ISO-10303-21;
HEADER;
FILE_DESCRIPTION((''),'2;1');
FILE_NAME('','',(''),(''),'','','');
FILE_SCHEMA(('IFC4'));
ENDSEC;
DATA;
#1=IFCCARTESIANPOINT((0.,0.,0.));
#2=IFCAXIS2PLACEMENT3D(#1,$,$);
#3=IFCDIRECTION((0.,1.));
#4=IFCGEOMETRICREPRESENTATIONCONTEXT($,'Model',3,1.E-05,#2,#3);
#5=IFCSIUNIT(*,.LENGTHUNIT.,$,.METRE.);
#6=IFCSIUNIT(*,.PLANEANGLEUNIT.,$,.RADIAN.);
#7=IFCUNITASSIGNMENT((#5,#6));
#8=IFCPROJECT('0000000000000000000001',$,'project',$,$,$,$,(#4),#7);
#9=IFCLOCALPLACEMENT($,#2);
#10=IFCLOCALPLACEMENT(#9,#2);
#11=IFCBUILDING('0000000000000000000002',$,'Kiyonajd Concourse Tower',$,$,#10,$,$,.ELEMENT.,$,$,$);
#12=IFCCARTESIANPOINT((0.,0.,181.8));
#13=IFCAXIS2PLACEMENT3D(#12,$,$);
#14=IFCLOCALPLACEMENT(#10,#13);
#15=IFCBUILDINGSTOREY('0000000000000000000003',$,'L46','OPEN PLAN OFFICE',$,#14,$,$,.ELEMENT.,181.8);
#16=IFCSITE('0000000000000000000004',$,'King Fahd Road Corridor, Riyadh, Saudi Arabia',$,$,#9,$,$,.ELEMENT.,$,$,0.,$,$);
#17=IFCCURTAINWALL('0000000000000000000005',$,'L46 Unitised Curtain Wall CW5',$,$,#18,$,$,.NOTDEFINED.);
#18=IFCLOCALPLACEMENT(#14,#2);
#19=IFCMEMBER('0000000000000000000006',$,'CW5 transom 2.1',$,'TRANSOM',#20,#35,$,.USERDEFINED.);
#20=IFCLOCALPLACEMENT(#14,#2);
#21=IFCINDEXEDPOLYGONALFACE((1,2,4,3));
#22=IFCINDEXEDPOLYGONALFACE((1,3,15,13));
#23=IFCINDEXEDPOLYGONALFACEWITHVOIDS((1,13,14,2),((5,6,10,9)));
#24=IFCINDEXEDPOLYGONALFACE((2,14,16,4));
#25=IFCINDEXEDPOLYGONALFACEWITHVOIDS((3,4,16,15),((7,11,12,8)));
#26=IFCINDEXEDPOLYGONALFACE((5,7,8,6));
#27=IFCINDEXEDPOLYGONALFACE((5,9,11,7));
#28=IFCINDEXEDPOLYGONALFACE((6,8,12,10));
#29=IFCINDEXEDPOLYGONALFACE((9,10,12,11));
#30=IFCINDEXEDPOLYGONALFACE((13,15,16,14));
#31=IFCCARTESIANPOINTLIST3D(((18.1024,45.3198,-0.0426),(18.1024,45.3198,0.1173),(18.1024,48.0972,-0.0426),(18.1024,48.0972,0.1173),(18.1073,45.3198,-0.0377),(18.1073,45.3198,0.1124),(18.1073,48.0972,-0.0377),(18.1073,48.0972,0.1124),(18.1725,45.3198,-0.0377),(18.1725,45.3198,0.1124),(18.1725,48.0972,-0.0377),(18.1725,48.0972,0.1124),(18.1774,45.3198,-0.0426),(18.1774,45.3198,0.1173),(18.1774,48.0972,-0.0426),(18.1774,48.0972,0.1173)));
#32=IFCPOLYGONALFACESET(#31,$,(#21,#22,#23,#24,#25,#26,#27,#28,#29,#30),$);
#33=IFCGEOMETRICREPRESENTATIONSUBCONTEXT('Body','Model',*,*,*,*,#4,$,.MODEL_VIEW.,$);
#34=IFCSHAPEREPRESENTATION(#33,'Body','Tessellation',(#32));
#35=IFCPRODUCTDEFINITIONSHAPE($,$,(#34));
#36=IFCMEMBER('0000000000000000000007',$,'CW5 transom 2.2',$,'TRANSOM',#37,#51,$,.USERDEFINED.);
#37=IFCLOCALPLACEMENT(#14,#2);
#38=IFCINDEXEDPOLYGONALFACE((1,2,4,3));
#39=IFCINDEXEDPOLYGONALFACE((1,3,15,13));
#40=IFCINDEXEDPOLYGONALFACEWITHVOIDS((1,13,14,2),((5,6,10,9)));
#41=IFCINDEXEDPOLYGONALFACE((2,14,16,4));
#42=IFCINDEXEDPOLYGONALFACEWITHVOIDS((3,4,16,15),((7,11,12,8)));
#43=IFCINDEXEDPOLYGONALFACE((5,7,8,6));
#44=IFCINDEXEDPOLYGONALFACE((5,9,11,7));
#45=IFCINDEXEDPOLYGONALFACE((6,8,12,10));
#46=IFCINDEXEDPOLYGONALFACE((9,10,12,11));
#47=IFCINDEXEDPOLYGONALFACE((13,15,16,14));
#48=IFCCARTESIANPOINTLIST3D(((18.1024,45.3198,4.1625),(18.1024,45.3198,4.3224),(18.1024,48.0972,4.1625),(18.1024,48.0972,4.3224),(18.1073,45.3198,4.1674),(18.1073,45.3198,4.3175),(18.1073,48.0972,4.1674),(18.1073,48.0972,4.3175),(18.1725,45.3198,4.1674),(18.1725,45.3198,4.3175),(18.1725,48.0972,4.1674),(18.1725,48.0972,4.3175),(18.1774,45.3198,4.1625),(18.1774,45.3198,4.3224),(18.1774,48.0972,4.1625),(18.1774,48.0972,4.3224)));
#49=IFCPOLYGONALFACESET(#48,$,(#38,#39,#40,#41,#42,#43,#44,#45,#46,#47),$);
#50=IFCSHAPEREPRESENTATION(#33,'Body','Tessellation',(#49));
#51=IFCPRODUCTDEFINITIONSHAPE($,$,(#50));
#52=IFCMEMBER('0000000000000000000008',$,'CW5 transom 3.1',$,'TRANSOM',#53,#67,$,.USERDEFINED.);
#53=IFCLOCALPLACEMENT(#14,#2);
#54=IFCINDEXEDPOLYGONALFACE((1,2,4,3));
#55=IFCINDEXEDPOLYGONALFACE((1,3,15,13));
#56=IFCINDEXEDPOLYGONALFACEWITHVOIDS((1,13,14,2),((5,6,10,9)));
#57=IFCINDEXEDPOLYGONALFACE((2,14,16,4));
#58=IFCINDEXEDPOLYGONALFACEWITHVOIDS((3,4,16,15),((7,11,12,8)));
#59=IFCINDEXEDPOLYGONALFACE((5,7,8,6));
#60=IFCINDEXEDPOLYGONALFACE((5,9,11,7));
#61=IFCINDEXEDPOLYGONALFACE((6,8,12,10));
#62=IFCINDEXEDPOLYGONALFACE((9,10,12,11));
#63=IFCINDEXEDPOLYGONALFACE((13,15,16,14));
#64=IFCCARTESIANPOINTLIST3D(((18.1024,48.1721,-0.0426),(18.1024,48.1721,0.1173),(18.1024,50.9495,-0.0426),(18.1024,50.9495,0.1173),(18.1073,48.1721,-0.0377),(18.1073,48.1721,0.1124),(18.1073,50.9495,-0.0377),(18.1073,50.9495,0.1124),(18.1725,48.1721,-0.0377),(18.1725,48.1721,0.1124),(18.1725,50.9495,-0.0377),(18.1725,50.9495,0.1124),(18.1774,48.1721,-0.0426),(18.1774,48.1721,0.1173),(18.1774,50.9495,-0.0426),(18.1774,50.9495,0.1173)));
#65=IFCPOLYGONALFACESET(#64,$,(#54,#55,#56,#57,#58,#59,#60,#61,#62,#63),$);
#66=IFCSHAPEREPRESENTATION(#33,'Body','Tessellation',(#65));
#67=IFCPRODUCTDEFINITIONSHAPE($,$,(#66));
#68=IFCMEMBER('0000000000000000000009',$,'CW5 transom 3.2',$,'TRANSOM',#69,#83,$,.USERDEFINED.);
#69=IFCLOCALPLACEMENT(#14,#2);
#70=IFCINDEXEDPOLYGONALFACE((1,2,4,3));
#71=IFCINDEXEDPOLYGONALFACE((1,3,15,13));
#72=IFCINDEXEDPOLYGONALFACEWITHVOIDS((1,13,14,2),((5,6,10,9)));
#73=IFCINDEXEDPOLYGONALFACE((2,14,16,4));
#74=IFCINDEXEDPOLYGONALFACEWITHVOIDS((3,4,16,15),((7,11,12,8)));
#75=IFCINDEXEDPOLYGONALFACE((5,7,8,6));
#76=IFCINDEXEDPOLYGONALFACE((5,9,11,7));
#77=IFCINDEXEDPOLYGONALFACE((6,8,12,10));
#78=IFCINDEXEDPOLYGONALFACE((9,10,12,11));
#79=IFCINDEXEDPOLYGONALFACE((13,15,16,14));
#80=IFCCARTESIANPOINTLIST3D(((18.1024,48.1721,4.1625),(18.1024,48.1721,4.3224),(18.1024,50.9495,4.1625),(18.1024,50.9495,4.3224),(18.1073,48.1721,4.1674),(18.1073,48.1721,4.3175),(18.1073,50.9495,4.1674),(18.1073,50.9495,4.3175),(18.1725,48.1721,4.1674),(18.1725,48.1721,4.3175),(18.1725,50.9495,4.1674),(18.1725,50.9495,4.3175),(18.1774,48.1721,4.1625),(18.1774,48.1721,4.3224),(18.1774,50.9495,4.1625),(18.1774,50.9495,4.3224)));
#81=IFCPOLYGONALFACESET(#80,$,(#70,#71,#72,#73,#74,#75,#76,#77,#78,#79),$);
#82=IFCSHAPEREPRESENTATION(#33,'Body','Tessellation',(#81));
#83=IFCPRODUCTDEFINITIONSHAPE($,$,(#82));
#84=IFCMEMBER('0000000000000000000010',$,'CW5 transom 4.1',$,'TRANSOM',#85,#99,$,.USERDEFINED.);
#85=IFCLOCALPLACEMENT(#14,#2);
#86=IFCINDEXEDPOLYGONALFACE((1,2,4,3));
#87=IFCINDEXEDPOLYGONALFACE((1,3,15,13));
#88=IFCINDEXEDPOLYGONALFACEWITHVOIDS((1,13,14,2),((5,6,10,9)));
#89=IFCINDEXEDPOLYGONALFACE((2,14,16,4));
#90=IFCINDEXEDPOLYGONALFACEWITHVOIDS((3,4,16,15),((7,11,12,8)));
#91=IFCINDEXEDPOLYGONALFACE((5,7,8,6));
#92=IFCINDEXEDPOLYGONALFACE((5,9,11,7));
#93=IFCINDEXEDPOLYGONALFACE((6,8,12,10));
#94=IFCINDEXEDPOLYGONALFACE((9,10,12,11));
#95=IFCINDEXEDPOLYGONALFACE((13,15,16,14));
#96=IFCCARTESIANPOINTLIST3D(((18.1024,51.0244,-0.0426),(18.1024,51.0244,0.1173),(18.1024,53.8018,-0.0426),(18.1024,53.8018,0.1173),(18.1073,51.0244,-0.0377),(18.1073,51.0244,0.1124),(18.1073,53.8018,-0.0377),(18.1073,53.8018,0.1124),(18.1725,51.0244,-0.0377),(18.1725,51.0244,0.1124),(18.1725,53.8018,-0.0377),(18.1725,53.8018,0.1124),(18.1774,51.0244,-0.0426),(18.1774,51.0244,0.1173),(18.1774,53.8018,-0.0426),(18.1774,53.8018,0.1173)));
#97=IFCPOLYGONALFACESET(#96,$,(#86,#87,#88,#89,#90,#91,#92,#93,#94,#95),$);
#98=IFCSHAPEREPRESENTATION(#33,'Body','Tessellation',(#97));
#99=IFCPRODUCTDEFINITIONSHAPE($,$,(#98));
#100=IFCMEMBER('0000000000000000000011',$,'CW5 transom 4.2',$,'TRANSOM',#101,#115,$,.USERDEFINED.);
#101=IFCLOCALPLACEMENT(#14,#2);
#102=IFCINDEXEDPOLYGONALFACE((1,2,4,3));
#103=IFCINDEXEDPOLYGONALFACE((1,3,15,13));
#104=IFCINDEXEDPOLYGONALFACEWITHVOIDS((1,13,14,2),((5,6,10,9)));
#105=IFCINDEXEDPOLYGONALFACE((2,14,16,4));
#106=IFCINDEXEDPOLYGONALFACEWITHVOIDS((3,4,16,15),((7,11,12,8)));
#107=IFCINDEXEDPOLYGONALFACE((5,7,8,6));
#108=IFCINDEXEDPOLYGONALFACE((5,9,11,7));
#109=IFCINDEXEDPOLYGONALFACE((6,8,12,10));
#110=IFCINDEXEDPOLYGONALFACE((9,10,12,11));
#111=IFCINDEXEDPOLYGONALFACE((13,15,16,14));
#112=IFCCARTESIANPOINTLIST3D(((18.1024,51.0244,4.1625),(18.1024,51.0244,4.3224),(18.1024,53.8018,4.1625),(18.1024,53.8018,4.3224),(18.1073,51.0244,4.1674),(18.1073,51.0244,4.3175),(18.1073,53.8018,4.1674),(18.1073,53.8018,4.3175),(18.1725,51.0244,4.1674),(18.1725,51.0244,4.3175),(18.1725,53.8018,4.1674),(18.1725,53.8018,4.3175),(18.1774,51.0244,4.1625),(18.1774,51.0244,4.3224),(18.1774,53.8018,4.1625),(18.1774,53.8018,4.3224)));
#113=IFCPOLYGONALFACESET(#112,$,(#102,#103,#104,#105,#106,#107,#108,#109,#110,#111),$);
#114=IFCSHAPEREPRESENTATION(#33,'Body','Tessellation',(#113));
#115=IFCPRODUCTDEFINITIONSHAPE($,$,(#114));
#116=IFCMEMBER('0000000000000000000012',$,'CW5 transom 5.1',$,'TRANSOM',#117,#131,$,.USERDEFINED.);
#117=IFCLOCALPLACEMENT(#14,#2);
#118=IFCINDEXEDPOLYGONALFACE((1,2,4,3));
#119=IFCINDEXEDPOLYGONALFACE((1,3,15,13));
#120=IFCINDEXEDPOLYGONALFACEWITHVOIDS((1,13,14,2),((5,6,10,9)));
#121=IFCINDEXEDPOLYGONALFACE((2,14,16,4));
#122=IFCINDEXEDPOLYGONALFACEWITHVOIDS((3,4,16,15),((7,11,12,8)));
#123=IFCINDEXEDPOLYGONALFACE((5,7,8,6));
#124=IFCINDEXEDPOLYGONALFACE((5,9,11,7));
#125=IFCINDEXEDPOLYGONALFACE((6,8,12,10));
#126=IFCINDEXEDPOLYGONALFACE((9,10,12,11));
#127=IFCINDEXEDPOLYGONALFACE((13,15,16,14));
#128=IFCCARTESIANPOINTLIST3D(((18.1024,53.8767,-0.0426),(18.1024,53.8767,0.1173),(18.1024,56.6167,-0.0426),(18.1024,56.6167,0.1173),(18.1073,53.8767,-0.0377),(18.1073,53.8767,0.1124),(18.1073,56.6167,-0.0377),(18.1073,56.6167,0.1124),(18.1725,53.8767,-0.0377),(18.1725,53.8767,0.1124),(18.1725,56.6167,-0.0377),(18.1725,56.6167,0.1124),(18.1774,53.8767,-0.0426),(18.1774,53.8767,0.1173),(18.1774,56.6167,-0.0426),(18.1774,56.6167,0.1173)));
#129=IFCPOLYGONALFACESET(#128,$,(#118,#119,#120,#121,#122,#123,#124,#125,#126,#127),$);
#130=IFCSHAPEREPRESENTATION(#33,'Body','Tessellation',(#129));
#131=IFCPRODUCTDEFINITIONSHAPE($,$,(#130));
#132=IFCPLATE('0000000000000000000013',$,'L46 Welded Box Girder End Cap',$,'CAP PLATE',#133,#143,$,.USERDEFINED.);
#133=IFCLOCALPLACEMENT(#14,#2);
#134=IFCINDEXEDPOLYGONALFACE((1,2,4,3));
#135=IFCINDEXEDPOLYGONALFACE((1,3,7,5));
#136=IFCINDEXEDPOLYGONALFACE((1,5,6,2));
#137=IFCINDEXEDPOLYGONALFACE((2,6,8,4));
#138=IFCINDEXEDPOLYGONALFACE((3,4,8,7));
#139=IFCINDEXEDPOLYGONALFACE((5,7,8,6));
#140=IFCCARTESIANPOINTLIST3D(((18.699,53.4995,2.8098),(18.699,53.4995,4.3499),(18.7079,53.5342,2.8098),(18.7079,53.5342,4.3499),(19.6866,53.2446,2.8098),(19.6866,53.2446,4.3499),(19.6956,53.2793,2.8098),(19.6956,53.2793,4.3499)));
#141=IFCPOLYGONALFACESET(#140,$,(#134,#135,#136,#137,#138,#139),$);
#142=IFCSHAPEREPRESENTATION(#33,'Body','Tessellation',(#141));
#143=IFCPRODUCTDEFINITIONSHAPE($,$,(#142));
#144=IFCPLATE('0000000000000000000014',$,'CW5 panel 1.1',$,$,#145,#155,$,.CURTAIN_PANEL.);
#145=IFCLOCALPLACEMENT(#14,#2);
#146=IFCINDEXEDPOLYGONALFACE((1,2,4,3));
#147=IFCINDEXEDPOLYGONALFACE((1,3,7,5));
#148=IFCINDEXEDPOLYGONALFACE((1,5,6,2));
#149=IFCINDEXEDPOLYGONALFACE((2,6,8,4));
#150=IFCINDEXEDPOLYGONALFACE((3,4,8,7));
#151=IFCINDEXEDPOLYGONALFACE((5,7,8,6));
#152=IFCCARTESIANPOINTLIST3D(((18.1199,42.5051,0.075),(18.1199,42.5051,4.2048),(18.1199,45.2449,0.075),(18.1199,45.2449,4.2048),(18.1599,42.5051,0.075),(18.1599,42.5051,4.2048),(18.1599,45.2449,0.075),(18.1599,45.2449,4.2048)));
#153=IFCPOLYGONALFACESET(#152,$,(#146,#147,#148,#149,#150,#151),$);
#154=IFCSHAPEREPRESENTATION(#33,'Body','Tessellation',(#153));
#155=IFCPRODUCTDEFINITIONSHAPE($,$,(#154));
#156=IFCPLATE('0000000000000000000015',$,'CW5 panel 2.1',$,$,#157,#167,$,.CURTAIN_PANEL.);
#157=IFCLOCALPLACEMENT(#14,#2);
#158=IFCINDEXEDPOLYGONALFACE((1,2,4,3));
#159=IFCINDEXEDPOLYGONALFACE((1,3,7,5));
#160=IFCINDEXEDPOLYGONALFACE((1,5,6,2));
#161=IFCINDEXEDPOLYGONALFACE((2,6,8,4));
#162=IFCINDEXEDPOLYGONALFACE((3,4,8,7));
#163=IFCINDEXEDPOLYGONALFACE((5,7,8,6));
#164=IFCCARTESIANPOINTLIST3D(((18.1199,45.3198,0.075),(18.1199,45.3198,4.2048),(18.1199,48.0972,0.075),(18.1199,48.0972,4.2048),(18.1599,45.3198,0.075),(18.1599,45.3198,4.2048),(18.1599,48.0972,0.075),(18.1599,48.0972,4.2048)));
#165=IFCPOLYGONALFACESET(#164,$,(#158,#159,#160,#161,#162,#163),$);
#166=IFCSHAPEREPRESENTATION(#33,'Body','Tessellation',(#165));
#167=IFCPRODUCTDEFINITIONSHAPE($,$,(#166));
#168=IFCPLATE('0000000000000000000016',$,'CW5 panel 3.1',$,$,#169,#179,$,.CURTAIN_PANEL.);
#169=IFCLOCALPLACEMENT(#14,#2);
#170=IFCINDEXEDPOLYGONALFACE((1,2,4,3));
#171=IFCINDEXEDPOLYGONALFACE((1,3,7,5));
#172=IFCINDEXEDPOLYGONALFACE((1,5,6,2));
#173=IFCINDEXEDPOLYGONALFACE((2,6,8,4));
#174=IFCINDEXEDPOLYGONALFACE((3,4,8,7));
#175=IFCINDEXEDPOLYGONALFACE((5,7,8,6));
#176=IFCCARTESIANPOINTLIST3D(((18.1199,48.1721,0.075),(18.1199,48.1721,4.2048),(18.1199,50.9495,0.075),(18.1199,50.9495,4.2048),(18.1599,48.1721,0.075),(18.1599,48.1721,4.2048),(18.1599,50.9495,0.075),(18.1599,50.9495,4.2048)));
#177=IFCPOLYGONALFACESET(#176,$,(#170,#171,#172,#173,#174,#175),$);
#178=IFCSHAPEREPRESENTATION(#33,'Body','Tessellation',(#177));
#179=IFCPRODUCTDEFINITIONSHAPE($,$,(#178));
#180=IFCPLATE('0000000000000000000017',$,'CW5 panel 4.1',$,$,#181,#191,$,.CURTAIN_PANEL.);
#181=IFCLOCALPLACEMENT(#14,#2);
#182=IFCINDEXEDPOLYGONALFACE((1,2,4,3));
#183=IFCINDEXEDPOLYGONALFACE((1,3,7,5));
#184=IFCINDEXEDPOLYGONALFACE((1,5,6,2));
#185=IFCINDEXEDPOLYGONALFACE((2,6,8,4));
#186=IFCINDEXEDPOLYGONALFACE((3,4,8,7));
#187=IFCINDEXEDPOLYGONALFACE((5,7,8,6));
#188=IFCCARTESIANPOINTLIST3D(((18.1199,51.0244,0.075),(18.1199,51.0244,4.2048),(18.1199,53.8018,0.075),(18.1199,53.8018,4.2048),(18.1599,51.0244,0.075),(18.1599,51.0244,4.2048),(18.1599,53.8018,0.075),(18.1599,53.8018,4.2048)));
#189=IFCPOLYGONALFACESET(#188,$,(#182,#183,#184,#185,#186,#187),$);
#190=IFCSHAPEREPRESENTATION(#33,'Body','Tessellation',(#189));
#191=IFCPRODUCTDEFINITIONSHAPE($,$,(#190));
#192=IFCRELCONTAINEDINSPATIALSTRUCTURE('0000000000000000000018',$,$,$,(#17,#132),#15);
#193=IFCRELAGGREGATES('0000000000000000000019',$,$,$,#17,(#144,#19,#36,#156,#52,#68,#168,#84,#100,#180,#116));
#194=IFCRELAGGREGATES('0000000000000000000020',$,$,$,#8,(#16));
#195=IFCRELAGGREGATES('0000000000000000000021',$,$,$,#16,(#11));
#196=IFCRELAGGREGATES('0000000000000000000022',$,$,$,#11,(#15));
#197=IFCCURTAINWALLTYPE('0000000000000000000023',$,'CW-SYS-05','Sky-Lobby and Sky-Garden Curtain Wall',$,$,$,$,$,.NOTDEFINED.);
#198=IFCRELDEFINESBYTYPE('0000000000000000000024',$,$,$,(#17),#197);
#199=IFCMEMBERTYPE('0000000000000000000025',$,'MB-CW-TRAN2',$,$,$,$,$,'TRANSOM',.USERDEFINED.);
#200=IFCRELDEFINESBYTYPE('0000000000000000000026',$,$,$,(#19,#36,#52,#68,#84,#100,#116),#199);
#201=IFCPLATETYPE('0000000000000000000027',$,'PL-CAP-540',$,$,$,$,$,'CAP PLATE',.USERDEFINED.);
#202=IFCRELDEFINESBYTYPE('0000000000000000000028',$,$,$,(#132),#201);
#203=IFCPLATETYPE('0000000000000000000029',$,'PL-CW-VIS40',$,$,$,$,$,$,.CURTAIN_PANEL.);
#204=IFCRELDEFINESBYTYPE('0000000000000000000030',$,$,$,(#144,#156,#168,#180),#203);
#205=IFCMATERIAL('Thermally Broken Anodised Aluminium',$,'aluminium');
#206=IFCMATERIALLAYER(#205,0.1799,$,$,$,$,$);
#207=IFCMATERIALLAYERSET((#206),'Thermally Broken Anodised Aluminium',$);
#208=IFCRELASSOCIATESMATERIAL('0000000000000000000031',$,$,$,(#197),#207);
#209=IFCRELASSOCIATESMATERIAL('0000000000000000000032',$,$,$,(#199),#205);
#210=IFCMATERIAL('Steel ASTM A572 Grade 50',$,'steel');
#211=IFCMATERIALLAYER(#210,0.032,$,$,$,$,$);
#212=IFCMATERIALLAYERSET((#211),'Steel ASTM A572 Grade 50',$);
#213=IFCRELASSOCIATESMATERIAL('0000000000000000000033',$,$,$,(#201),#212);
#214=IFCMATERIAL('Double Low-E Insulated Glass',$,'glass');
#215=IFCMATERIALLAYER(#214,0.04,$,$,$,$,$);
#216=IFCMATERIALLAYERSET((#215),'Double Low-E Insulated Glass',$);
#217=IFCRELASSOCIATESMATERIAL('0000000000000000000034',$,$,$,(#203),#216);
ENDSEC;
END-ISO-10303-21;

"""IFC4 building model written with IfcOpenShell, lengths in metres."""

from ifc_helpers import new_model, si_unit, direction, frame, origin, origin_2d, place, context, subcontext, project, spatial, rectangle, hollow_rectangle, extrude, material, layer, layer_set, material_profile, profile_set, type_object, element, aggregate, save


model = new_model("IFC4")

# Units and contexts
model_context = context("Model", 3, precision=1e-05, world=origin(), true_north=direction((0.0, 1.0)))
body_context = subcontext(model_context, "Body", "Model", "MODEL_VIEW")
ifc_project = project(units=[si_unit("LENGTHUNIT", "METRE"), si_unit("PLANEANGLEUNIT", "RADIAN")], contexts=[model_context])

# Site, building, storey
site_placement = place(None, origin())
site = spatial("IfcSite", under=ifc_project, at=site_placement, Name="King Fahd Road Corridor, Riyadh, Saudi Arabia", CompositionType="ELEMENT", RefElevation=0.0)
building_placement = place(site_placement, origin())
building = spatial("IfcBuilding", under=site, at=building_placement, Name="Kiyonajd Concourse Tower", CompositionType="ELEMENT")
storey_placement = place(building_placement, frame((0.0, 0.0, 181.8)))
storey = spatial("IfcBuildingStorey", under=building, at=storey_placement, Name="L46", Description="OPEN PLAN OFFICE", CompositionType="ELEMENT", Elevation=181.8)

# Curtain wall, members
ifc_material_1 = material(Name="Thermally Broken Anodised Aluminium", Category="aluminium")
ifc_layer_1 = layer(ifc_material_1, 0.1799)
ifc_layer_set_1 = layer_set([ifc_layer_1], Name="Thermally Broken Anodised Aluminium")
curtain_wall_type = type_object("IfcCurtainWallType", Name="CW-SYS-05", Description="Sky-Lobby and Sky-Garden Curtain Wall", PredefinedType="NOTDEFINED", material=ifc_layer_set_1)
curtain_wall_placement = place(storey_placement, origin())
curtain_wall = element("IfcCurtainWall", 1, at=curtain_wall_placement, inside=storey, type_object=curtain_wall_type, Name="L46 Unitised Curtain Wall CW5", PredefinedType="NOTDEFINED")
ifc_material_profile_1 = material_profile(ifc_material_1, hollow_rectangle(XDim=0.075, YDim=0.1599, WallThickness=0.0049, at=origin_2d()), Name="TRAN-75x160")
ifc_profile_set_1 = profile_set([ifc_material_profile_1], Name="Thermally Broken Anodised Aluminium")
member_type_1 = type_object("IfcMemberType", Name="MB-CW-TRAN2", ElementType="TRANSOM", PredefinedType="USERDEFINED", material=ifc_profile_set_1)
member_1_placement = place(storey_placement, frame((18.1399, 45.3198, 0.0374), z_axis=(0.0, 1.0, 0.0), x_axis=(-1.0, 0.0, 0.0)))
member_1 = element("IfcMember", 2, at=member_1_placement, type_object=member_type_1, Name="CW5 transom 2.1", ObjectType="TRANSOM", PredefinedType="USERDEFINED", context=body_context, shape_type="SweptSolid", body=[
    extrude(hollow_rectangle(XDim=0.075, YDim=0.1599, WallThickness=0.0049, at=origin_2d()), origin(), (0.0, 0.0, 1.0), 2.7773),
])
member_2_placement = place(storey_placement, frame((18.1399, 45.3198, 4.2424), z_axis=(0.0, 1.0, 0.0), x_axis=(-1.0, 0.0, 0.0)))
member_2 = element("IfcMember", 3, at=member_2_placement, type_object=member_type_1, Name="CW5 transom 2.2", ObjectType="TRANSOM", PredefinedType="USERDEFINED", context=body_context, shape_type="SweptSolid", body=[
    extrude(hollow_rectangle(XDim=0.075, YDim=0.1599, WallThickness=0.0049, at=origin_2d()), origin(), (0.0, 0.0, 1.0), 2.7773),
])
member_3_placement = place(storey_placement, frame((18.1399, 48.1721, 0.0374), z_axis=(0.0, 1.0, 0.0), x_axis=(-1.0, 0.0, 0.0)))
member_3 = element("IfcMember", 4, at=member_3_placement, type_object=member_type_1, Name="CW5 transom 3.1", ObjectType="TRANSOM", PredefinedType="USERDEFINED", context=body_context, shape_type="SweptSolid", body=[
    extrude(hollow_rectangle(XDim=0.075, YDim=0.1599, WallThickness=0.0049, at=origin_2d()), origin(), (0.0, 0.0, 1.0), 2.7773),
])
member_4_placement = place(storey_placement, frame((18.1399, 48.1721, 4.2424), z_axis=(0.0, 1.0, 0.0), x_axis=(-1.0, 0.0, 0.0)))
member_4 = element("IfcMember", 5, at=member_4_placement, type_object=member_type_1, Name="CW5 transom 3.2", ObjectType="TRANSOM", PredefinedType="USERDEFINED", context=body_context, shape_type="SweptSolid", body=[
    extrude(hollow_rectangle(XDim=0.075, YDim=0.1599, WallThickness=0.0049, at=origin_2d()), origin(), (0.0, 0.0, 1.0), 2.7773),
])
member_5_placement = place(storey_placement, frame((18.1399, 51.0244, 0.0374), z_axis=(0.0, 1.0, 0.0), x_axis=(-1.0, 0.0, 0.0)))
member_5 = element("IfcMember", 6, at=member_5_placement, type_object=member_type_1, Name="CW5 transom 4.1", ObjectType="TRANSOM", PredefinedType="USERDEFINED", context=body_context, shape_type="SweptSolid", body=[
    extrude(hollow_rectangle(XDim=0.075, YDim=0.1599, WallThickness=0.0049, at=origin_2d()), origin(), (0.0, 0.0, 1.0), 2.7773),
])
member_6_placement = place(storey_placement, frame((18.1399, 51.0244, 4.2424), z_axis=(0.0, 1.0, 0.0), x_axis=(-1.0, 0.0, 0.0)))
member_6 = element("IfcMember", 7, at=member_6_placement, type_object=member_type_1, Name="CW5 transom 4.2", ObjectType="TRANSOM", PredefinedType="USERDEFINED", context=body_context, shape_type="SweptSolid", body=[
    extrude(hollow_rectangle(XDim=0.075, YDim=0.1599, WallThickness=0.0049, at=origin_2d()), origin(), (0.0, 0.0, 1.0), 2.7773),
])
member_7_placement = place(storey_placement, frame((18.1399, 53.8767, 0.0374), z_axis=(0.0, 1.0, 0.0), x_axis=(-1.0, 0.0, 0.0)))
member_7 = element("IfcMember", 8, at=member_7_placement, type_object=member_type_1, Name="CW5 transom 5.1", ObjectType="TRANSOM", PredefinedType="USERDEFINED", context=body_context, shape_type="SweptSolid", body=[
    extrude(hollow_rectangle(XDim=0.075, YDim=0.1599, WallThickness=0.0049, at=origin_2d()), origin(), (0.0, 0.0, 1.0), 2.74),
])

# Plates
ifc_material_2 = material(Name="Steel ASTM A572 Grade 50", Category="steel")
ifc_layer_2 = layer(ifc_material_2, 0.032)
ifc_layer_set_2 = layer_set([ifc_layer_2], Name="Steel ASTM A572 Grade 50")
plate_type_1 = type_object("IfcPlateType", Name="PL-CAP-540", ElementType="CAP PLATE", PredefinedType="USERDEFINED", material=ifc_layer_set_2)
plate_1_placement = place(storey_placement, frame((19.1973, 53.3894, 2.8098), z_axis=(0.0, 0.0, 1.0), x_axis=(-0.249873, -0.968279, 0.0)))
element("IfcPlate", 9, at=plate_1_placement, inside=storey, type_object=plate_type_1, Name="L46 Welded Box Girder End Cap", ObjectType="CAP PLATE", PredefinedType="USERDEFINED", context=body_context, shape_type="SweptSolid", body=[
    extrude(rectangle(XDim=0.0359, YDim=1.02, at=origin_2d()), origin(), (0.0, 0.0, 1.0), 1.54),
])
ifc_material_3 = material(Name="Double Low-E Insulated Glass", Category="glass")
ifc_layer_3 = layer(ifc_material_3, 0.04)
ifc_layer_set_3 = layer_set([ifc_layer_3], Name="Double Low-E Insulated Glass")
plate_type_2 = type_object("IfcPlateType", Name="PL-CW-VIS40", PredefinedType="CURTAIN_PANEL", material=ifc_layer_set_3)
plate_2_placement = place(storey_placement, frame((18.1399, 43.875, 0.075), z_axis=(0.0, 0.0, 1.0), x_axis=(0.0, 1.0, 0.0)))
plate_2 = element("IfcPlate", 10, at=plate_2_placement, type_object=plate_type_2, Name="CW5 panel 1.1", PredefinedType="CURTAIN_PANEL", context=body_context, shape_type="SweptSolid", body=[
    extrude(rectangle(XDim=2.7397, YDim=0.04, at=origin_2d()), origin(), (0.0, 0.0, 1.0), 4.1299),
])
plate_3_placement = place(storey_placement, frame((18.1399, 46.7085, 0.075), z_axis=(0.0, 0.0, 1.0), x_axis=(0.0, 1.0, 0.0)))
plate_3 = element("IfcPlate", 11, at=plate_3_placement, type_object=plate_type_2, Name="CW5 panel 2.1", PredefinedType="CURTAIN_PANEL", context=body_context, shape_type="SweptSolid", body=[
    extrude(rectangle(XDim=2.7773, YDim=0.04, at=origin_2d()), origin(), (0.0, 0.0, 1.0), 4.1299),
])
plate_4_placement = place(storey_placement, frame((18.1399, 49.5608, 0.075), z_axis=(0.0, 0.0, 1.0), x_axis=(0.0, 1.0, 0.0)))
plate_4 = element("IfcPlate", 12, at=plate_4_placement, type_object=plate_type_2, Name="CW5 panel 3.1", PredefinedType="CURTAIN_PANEL", context=body_context, shape_type="SweptSolid", body=[
    extrude(rectangle(XDim=2.7773, YDim=0.04, at=origin_2d()), origin(), (0.0, 0.0, 1.0), 4.1299),
])
plate_5_placement = place(storey_placement, frame((18.1399, 52.4131, 0.075), z_axis=(0.0, 0.0, 1.0), x_axis=(0.0, 1.0, 0.0)))
plate_5 = element("IfcPlate", 13, at=plate_5_placement, type_object=plate_type_2, Name="CW5 panel 4.1", PredefinedType="CURTAIN_PANEL", context=body_context, shape_type="SweptSolid", body=[
    extrude(rectangle(XDim=2.7773, YDim=0.04, at=origin_2d()), origin(), (0.0, 0.0, 1.0), 4.1299),
])
aggregate(curtain_wall, [plate_2, member_1, member_2, plate_3, member_3, member_4, plate_4, member_5, member_6, plate_5, member_7])

save(model, "model.ifc")
